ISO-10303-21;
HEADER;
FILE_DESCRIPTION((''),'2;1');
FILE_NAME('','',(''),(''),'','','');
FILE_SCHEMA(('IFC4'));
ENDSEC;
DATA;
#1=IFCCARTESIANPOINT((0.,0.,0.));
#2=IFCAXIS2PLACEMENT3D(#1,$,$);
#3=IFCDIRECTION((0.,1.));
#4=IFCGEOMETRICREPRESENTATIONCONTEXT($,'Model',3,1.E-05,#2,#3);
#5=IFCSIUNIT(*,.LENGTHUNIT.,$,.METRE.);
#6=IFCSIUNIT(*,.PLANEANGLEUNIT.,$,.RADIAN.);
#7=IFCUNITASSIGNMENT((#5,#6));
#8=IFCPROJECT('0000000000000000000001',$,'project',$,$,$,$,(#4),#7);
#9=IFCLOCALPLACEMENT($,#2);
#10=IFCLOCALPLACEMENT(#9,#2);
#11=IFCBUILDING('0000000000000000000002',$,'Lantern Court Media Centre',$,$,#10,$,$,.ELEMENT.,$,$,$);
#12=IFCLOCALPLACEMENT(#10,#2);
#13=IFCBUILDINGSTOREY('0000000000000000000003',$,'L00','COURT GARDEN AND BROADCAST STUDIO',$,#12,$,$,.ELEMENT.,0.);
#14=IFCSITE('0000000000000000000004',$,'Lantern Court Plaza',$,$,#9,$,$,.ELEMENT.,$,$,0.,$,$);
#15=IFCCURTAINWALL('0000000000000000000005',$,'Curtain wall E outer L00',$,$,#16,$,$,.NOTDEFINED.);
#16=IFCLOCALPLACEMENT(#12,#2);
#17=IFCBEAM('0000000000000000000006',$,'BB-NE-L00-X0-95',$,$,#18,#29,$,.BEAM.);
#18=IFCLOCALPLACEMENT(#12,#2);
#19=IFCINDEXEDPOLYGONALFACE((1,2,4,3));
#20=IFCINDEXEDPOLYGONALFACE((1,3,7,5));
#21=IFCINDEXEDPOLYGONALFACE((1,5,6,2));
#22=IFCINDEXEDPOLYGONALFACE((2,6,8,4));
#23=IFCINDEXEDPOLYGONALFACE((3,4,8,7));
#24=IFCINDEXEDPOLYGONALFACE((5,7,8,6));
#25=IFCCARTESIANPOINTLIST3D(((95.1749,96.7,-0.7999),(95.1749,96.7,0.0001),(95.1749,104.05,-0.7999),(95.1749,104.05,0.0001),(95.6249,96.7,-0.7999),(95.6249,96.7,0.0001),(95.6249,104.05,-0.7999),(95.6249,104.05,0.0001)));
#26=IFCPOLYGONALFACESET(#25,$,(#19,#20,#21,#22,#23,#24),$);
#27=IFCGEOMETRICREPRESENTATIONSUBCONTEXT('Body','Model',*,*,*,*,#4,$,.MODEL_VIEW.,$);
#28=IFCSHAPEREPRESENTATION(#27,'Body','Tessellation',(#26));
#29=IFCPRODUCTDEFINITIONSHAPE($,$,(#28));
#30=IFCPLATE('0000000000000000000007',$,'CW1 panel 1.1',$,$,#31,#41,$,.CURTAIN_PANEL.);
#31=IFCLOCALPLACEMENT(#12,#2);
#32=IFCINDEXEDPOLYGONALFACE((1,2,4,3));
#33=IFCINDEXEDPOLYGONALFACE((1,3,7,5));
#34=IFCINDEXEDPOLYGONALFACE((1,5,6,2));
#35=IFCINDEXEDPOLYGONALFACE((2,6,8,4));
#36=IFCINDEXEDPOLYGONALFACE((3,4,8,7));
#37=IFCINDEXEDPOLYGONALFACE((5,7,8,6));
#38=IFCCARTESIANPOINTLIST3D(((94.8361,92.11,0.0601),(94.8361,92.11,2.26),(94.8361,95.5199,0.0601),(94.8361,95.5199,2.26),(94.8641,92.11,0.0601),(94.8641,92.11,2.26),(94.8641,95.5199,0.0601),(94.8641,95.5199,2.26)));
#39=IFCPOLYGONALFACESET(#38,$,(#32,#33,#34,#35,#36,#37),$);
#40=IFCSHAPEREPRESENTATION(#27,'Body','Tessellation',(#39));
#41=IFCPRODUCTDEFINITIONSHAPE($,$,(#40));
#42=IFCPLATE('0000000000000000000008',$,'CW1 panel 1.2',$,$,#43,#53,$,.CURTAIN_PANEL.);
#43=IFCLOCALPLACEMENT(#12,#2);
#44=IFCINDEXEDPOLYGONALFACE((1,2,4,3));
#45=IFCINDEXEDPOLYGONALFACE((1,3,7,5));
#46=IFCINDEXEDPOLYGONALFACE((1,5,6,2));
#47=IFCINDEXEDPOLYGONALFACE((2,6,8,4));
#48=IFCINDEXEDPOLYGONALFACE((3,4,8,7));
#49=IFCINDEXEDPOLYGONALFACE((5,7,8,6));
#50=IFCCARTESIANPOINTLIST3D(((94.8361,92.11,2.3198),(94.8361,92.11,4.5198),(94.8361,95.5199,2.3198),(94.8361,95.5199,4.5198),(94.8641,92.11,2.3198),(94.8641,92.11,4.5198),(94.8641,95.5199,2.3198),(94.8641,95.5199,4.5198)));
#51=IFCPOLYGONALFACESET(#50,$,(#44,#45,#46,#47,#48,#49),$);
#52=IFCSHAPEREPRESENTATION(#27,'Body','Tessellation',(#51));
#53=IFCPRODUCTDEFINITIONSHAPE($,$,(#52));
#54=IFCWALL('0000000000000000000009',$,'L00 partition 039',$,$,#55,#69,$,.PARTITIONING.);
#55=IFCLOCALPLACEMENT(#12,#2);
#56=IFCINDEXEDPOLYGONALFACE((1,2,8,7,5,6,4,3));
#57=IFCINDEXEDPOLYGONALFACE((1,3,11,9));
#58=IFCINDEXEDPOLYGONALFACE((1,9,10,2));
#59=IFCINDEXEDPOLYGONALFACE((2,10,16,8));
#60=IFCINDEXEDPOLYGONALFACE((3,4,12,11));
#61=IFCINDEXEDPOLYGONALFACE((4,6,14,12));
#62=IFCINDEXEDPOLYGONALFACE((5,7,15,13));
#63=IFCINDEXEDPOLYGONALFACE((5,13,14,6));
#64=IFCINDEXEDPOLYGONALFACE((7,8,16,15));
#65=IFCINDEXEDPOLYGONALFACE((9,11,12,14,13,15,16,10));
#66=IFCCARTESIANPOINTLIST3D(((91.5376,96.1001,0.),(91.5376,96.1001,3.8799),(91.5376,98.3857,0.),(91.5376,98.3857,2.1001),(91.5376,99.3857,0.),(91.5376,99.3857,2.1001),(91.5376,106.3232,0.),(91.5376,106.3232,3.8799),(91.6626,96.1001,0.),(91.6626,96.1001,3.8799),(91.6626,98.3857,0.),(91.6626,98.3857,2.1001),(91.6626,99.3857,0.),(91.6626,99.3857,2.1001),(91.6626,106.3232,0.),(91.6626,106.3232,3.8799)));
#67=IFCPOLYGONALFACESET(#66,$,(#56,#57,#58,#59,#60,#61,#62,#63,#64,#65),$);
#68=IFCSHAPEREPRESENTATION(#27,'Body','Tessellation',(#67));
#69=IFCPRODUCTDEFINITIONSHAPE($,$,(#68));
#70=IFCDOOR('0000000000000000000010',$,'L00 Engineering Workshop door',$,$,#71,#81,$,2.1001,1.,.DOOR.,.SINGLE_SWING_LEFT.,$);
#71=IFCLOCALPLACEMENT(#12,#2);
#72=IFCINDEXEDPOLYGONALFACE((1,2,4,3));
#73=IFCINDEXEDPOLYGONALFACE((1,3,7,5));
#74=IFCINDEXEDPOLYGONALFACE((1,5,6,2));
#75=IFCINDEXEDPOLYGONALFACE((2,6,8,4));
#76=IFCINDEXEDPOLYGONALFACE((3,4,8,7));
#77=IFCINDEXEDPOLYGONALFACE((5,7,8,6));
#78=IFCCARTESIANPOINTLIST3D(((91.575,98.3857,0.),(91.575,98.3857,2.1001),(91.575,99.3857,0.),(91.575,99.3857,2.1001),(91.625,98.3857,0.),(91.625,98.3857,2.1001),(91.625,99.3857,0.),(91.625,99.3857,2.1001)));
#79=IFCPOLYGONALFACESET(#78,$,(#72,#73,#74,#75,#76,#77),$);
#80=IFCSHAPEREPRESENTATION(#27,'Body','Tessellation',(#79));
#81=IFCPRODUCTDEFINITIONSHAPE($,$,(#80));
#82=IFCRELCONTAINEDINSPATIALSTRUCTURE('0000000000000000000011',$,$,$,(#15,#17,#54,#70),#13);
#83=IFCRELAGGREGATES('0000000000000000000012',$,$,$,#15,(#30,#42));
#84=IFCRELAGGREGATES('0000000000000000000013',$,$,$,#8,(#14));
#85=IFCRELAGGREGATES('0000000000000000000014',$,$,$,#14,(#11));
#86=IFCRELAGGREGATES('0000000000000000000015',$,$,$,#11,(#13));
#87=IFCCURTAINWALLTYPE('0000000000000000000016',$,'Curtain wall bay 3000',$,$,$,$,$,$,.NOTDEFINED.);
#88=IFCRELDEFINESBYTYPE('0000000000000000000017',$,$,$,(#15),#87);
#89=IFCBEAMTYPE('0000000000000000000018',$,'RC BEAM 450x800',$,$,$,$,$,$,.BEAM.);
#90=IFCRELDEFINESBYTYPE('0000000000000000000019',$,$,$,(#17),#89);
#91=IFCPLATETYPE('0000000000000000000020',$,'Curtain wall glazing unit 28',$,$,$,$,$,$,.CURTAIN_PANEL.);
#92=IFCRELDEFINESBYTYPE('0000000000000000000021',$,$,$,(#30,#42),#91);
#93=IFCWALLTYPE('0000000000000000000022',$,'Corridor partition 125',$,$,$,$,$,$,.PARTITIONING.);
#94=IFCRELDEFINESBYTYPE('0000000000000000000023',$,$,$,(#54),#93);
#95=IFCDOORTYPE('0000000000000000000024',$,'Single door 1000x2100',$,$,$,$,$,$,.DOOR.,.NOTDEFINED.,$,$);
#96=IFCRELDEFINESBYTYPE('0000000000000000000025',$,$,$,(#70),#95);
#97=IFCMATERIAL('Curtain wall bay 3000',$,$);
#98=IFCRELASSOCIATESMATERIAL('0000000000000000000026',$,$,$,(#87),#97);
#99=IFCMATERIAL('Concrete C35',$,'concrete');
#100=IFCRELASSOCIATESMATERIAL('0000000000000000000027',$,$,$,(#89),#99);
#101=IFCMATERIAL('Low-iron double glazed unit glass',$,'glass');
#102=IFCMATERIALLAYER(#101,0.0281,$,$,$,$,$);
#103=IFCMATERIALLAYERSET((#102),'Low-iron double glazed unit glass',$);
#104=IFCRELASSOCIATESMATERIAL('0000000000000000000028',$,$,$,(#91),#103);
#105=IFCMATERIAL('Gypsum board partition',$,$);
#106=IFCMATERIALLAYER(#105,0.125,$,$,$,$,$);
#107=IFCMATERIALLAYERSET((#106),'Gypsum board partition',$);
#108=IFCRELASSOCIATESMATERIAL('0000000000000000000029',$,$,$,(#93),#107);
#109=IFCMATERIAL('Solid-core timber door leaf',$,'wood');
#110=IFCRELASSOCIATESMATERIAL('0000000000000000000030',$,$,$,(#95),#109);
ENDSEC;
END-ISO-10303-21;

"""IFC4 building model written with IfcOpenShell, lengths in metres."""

from ifc_helpers import new_model, si_unit, direction, frame, frame_2d, origin, origin_2d, place, context, subcontext, project, spatial, rectangle, extrude, material, layer, layer_set, material_profile, profile_set, type_object, element, fill, aggregate, save


model = new_model("IFC4")

# Units and contexts
model_context = context("Model", 3, precision=1e-05, world=origin(), true_north=direction((0.0, 1.0)))
body_context = subcontext(model_context, "Body", "Model", "MODEL_VIEW")
ifc_project = project(units=[si_unit("LENGTHUNIT", "METRE"), si_unit("PLANEANGLEUNIT", "RADIAN")], contexts=[model_context])

# Site, building, storey
site_placement = place(None, origin())
site = spatial("IfcSite", under=ifc_project, at=site_placement, Name="Lantern Court Plaza", CompositionType="ELEMENT", RefElevation=0.0)
building_placement = place(site_placement, origin())
building = spatial("IfcBuilding", under=site, at=building_placement, Name="Lantern Court Media Centre", CompositionType="ELEMENT")
storey_placement = place(building_placement, origin())
storey = spatial("IfcBuildingStorey", under=building, at=storey_placement, Name="L00", Description="COURT GARDEN AND BROADCAST STUDIO", CompositionType="ELEMENT", Elevation=0.0)

# Shared definitions
ifc_material_1 = material(Name="Concrete C35", Category="concrete")

# Curtain wall
ifc_material_2 = material(Name="Curtain wall bay 3000")
curtain_wall_type = type_object("IfcCurtainWallType", Name="Curtain wall bay 3000", PredefinedType="NOTDEFINED", material=ifc_material_2)
curtain_wall_placement = place(storey_placement, origin())
curtain_wall = element("IfcCurtainWall", 1, at=curtain_wall_placement, inside=storey, type_object=curtain_wall_type, Name="Curtain wall E outer L00", PredefinedType="NOTDEFINED")

# Beam
ifc_material_profile_1 = material_profile(ifc_material_1, rectangle(XDim=0.45, YDim=0.8, at=origin_2d()), Name="RC 450x800")
ifc_profile_set_1 = profile_set([ifc_material_profile_1], Name="Concrete C35")
beam_type_1 = type_object("IfcBeamType", Name="RC BEAM 450x800", PredefinedType="BEAM", material=ifc_profile_set_1)
for number, where, z_axis, x_axis, name in (
    (2, (95.3999, 96.7, -0.3999), (0.0, 1.0, 0.0), (-1.0, 0.0, 0.0), "BB-NE-L00-X0-95"),
):
    element("IfcBeam", number, at=place(storey_placement, frame(where, z_axis=z_axis, x_axis=x_axis)), inside=storey, type_object=beam_type_1, Name=name, PredefinedType="BEAM", context=body_context, shape_type="SweptSolid", body=[
        extrude(rectangle(XDim=0.45, YDim=0.8, at=origin_2d()), origin(), (0.0, 0.0, 1.0), 7.3501),
    ])

# Plates
ifc_material_3 = material(Name="Low-iron double glazed unit glass", Category="glass")
ifc_layer_1 = layer(ifc_material_3, 0.0281)
ifc_layer_set_1 = layer_set([ifc_layer_1], Name="Low-iron double glazed unit glass")
plate_type = type_object("IfcPlateType", Name="Curtain wall glazing unit 28", PredefinedType="CURTAIN_PANEL", material=ifc_layer_set_1)
plate_1_placement = place(storey_placement, frame((94.8501, 93.8149, 0.0601), z_axis=(0.0, 0.0, 1.0), x_axis=(0.0, 1.0, 0.0)))
plate_1 = element("IfcPlate", 3, at=plate_1_placement, type_object=plate_type, Name="CW1 panel 1.1", PredefinedType="CURTAIN_PANEL", context=body_context, shape_type="SweptSolid", body=[
    extrude(rectangle(XDim=3.4099, YDim=0.0281, at=origin_2d()), origin(), (0.0, 0.0, 1.0), 2.2),
])
plate_2_placement = place(storey_placement, frame((94.8501, 93.8149, 2.3198), z_axis=(0.0, 0.0, 1.0), x_axis=(0.0, 1.0, 0.0)))
plate_2 = element("IfcPlate", 4, at=plate_2_placement, type_object=plate_type, Name="CW1 panel 1.2", PredefinedType="CURTAIN_PANEL", context=body_context, shape_type="SweptSolid", body=[
    extrude(rectangle(XDim=3.4099, YDim=0.0281, at=origin_2d()), origin(), (0.0, 0.0, 1.0), 2.2),
])
aggregate(curtain_wall, [plate_1, plate_2])

# Wall, opening, door
ifc_material_4 = material(Name="Gypsum board partition")
ifc_layer_2 = layer(ifc_material_4, 0.125)
ifc_layer_set_2 = layer_set([ifc_layer_2], Name="Gypsum board partition")
wall_type_1 = type_object("IfcWallType", Name="Corridor partition 125", PredefinedType="PARTITIONING", material=ifc_layer_set_2)
wall_1_placement = place(storey_placement, frame((91.6001, 96.1001, 0.0), z_axis=(0.0, 0.0, 1.0), x_axis=(0.0, 1.0, 0.0)))
wall_1 = element("IfcWall", 5, at=wall_1_placement, inside=storey, type_object=wall_type_1, Name="L00 partition 039", PredefinedType="PARTITIONING", context=body_context, shape_type="SweptSolid", body=[
    extrude(rectangle(XDim=10.2231, YDim=0.125, at=frame_2d((5.1116, 0.0))), origin(), (0.0, 0.0, 1.0), 3.8799),
])
opening_1_placement = place(wall_1_placement, frame((2.2856, 0.0, 0.0)))
opening_1 = element("IfcOpeningElement", 6, at=opening_1_placement, cuts=wall_1, PredefinedType="OPENING", context=body_context, shape_type="SweptSolid", body=[
    extrude(rectangle(XDim=1.0, YDim=2.1001, at=frame_2d((0.5, 1.05))), frame((0.0, 0.0725, 0.0), z_axis=(0.0, -1.0, 0.0), x_axis=(1.0, 0.0, 0.0)), (0.0, 0.0, 1.0), 0.145),
])
ifc_material_5 = material(Name="Solid-core timber door leaf", Category="wood")
door_type = type_object("IfcDoorType", Name="Single door 1000x2100", OperationType="NOTDEFINED", PredefinedType="DOOR", material=ifc_material_5)
door_placement = place(opening_1_placement, frame((1.0, 0.0, 0.0), z_axis=(0.0, 0.0, 1.0), x_axis=(-1.0, 0.0, 0.0)))
door = element("IfcDoor", 7, at=door_placement, inside=storey, type_object=door_type, Name="L00 Engineering Workshop door", OperationType="SINGLE_SWING_LEFT", OverallHeight=2.1001, OverallWidth=1.0, PredefinedType="DOOR", context=body_context, shape_type="SweptSolid", body=[
    extrude(rectangle(XDim=1.0, YDim=2.1001, at=frame_2d((0.5, 1.05))), frame((0.0, 0.0249, 0.0), z_axis=(0.0, -1.0, 0.0), x_axis=(1.0, 0.0, 0.0)), (0.0, 0.0, 1.0), 0.05),
])
fill(opening_1, door)

save(model, "model.ifc")
